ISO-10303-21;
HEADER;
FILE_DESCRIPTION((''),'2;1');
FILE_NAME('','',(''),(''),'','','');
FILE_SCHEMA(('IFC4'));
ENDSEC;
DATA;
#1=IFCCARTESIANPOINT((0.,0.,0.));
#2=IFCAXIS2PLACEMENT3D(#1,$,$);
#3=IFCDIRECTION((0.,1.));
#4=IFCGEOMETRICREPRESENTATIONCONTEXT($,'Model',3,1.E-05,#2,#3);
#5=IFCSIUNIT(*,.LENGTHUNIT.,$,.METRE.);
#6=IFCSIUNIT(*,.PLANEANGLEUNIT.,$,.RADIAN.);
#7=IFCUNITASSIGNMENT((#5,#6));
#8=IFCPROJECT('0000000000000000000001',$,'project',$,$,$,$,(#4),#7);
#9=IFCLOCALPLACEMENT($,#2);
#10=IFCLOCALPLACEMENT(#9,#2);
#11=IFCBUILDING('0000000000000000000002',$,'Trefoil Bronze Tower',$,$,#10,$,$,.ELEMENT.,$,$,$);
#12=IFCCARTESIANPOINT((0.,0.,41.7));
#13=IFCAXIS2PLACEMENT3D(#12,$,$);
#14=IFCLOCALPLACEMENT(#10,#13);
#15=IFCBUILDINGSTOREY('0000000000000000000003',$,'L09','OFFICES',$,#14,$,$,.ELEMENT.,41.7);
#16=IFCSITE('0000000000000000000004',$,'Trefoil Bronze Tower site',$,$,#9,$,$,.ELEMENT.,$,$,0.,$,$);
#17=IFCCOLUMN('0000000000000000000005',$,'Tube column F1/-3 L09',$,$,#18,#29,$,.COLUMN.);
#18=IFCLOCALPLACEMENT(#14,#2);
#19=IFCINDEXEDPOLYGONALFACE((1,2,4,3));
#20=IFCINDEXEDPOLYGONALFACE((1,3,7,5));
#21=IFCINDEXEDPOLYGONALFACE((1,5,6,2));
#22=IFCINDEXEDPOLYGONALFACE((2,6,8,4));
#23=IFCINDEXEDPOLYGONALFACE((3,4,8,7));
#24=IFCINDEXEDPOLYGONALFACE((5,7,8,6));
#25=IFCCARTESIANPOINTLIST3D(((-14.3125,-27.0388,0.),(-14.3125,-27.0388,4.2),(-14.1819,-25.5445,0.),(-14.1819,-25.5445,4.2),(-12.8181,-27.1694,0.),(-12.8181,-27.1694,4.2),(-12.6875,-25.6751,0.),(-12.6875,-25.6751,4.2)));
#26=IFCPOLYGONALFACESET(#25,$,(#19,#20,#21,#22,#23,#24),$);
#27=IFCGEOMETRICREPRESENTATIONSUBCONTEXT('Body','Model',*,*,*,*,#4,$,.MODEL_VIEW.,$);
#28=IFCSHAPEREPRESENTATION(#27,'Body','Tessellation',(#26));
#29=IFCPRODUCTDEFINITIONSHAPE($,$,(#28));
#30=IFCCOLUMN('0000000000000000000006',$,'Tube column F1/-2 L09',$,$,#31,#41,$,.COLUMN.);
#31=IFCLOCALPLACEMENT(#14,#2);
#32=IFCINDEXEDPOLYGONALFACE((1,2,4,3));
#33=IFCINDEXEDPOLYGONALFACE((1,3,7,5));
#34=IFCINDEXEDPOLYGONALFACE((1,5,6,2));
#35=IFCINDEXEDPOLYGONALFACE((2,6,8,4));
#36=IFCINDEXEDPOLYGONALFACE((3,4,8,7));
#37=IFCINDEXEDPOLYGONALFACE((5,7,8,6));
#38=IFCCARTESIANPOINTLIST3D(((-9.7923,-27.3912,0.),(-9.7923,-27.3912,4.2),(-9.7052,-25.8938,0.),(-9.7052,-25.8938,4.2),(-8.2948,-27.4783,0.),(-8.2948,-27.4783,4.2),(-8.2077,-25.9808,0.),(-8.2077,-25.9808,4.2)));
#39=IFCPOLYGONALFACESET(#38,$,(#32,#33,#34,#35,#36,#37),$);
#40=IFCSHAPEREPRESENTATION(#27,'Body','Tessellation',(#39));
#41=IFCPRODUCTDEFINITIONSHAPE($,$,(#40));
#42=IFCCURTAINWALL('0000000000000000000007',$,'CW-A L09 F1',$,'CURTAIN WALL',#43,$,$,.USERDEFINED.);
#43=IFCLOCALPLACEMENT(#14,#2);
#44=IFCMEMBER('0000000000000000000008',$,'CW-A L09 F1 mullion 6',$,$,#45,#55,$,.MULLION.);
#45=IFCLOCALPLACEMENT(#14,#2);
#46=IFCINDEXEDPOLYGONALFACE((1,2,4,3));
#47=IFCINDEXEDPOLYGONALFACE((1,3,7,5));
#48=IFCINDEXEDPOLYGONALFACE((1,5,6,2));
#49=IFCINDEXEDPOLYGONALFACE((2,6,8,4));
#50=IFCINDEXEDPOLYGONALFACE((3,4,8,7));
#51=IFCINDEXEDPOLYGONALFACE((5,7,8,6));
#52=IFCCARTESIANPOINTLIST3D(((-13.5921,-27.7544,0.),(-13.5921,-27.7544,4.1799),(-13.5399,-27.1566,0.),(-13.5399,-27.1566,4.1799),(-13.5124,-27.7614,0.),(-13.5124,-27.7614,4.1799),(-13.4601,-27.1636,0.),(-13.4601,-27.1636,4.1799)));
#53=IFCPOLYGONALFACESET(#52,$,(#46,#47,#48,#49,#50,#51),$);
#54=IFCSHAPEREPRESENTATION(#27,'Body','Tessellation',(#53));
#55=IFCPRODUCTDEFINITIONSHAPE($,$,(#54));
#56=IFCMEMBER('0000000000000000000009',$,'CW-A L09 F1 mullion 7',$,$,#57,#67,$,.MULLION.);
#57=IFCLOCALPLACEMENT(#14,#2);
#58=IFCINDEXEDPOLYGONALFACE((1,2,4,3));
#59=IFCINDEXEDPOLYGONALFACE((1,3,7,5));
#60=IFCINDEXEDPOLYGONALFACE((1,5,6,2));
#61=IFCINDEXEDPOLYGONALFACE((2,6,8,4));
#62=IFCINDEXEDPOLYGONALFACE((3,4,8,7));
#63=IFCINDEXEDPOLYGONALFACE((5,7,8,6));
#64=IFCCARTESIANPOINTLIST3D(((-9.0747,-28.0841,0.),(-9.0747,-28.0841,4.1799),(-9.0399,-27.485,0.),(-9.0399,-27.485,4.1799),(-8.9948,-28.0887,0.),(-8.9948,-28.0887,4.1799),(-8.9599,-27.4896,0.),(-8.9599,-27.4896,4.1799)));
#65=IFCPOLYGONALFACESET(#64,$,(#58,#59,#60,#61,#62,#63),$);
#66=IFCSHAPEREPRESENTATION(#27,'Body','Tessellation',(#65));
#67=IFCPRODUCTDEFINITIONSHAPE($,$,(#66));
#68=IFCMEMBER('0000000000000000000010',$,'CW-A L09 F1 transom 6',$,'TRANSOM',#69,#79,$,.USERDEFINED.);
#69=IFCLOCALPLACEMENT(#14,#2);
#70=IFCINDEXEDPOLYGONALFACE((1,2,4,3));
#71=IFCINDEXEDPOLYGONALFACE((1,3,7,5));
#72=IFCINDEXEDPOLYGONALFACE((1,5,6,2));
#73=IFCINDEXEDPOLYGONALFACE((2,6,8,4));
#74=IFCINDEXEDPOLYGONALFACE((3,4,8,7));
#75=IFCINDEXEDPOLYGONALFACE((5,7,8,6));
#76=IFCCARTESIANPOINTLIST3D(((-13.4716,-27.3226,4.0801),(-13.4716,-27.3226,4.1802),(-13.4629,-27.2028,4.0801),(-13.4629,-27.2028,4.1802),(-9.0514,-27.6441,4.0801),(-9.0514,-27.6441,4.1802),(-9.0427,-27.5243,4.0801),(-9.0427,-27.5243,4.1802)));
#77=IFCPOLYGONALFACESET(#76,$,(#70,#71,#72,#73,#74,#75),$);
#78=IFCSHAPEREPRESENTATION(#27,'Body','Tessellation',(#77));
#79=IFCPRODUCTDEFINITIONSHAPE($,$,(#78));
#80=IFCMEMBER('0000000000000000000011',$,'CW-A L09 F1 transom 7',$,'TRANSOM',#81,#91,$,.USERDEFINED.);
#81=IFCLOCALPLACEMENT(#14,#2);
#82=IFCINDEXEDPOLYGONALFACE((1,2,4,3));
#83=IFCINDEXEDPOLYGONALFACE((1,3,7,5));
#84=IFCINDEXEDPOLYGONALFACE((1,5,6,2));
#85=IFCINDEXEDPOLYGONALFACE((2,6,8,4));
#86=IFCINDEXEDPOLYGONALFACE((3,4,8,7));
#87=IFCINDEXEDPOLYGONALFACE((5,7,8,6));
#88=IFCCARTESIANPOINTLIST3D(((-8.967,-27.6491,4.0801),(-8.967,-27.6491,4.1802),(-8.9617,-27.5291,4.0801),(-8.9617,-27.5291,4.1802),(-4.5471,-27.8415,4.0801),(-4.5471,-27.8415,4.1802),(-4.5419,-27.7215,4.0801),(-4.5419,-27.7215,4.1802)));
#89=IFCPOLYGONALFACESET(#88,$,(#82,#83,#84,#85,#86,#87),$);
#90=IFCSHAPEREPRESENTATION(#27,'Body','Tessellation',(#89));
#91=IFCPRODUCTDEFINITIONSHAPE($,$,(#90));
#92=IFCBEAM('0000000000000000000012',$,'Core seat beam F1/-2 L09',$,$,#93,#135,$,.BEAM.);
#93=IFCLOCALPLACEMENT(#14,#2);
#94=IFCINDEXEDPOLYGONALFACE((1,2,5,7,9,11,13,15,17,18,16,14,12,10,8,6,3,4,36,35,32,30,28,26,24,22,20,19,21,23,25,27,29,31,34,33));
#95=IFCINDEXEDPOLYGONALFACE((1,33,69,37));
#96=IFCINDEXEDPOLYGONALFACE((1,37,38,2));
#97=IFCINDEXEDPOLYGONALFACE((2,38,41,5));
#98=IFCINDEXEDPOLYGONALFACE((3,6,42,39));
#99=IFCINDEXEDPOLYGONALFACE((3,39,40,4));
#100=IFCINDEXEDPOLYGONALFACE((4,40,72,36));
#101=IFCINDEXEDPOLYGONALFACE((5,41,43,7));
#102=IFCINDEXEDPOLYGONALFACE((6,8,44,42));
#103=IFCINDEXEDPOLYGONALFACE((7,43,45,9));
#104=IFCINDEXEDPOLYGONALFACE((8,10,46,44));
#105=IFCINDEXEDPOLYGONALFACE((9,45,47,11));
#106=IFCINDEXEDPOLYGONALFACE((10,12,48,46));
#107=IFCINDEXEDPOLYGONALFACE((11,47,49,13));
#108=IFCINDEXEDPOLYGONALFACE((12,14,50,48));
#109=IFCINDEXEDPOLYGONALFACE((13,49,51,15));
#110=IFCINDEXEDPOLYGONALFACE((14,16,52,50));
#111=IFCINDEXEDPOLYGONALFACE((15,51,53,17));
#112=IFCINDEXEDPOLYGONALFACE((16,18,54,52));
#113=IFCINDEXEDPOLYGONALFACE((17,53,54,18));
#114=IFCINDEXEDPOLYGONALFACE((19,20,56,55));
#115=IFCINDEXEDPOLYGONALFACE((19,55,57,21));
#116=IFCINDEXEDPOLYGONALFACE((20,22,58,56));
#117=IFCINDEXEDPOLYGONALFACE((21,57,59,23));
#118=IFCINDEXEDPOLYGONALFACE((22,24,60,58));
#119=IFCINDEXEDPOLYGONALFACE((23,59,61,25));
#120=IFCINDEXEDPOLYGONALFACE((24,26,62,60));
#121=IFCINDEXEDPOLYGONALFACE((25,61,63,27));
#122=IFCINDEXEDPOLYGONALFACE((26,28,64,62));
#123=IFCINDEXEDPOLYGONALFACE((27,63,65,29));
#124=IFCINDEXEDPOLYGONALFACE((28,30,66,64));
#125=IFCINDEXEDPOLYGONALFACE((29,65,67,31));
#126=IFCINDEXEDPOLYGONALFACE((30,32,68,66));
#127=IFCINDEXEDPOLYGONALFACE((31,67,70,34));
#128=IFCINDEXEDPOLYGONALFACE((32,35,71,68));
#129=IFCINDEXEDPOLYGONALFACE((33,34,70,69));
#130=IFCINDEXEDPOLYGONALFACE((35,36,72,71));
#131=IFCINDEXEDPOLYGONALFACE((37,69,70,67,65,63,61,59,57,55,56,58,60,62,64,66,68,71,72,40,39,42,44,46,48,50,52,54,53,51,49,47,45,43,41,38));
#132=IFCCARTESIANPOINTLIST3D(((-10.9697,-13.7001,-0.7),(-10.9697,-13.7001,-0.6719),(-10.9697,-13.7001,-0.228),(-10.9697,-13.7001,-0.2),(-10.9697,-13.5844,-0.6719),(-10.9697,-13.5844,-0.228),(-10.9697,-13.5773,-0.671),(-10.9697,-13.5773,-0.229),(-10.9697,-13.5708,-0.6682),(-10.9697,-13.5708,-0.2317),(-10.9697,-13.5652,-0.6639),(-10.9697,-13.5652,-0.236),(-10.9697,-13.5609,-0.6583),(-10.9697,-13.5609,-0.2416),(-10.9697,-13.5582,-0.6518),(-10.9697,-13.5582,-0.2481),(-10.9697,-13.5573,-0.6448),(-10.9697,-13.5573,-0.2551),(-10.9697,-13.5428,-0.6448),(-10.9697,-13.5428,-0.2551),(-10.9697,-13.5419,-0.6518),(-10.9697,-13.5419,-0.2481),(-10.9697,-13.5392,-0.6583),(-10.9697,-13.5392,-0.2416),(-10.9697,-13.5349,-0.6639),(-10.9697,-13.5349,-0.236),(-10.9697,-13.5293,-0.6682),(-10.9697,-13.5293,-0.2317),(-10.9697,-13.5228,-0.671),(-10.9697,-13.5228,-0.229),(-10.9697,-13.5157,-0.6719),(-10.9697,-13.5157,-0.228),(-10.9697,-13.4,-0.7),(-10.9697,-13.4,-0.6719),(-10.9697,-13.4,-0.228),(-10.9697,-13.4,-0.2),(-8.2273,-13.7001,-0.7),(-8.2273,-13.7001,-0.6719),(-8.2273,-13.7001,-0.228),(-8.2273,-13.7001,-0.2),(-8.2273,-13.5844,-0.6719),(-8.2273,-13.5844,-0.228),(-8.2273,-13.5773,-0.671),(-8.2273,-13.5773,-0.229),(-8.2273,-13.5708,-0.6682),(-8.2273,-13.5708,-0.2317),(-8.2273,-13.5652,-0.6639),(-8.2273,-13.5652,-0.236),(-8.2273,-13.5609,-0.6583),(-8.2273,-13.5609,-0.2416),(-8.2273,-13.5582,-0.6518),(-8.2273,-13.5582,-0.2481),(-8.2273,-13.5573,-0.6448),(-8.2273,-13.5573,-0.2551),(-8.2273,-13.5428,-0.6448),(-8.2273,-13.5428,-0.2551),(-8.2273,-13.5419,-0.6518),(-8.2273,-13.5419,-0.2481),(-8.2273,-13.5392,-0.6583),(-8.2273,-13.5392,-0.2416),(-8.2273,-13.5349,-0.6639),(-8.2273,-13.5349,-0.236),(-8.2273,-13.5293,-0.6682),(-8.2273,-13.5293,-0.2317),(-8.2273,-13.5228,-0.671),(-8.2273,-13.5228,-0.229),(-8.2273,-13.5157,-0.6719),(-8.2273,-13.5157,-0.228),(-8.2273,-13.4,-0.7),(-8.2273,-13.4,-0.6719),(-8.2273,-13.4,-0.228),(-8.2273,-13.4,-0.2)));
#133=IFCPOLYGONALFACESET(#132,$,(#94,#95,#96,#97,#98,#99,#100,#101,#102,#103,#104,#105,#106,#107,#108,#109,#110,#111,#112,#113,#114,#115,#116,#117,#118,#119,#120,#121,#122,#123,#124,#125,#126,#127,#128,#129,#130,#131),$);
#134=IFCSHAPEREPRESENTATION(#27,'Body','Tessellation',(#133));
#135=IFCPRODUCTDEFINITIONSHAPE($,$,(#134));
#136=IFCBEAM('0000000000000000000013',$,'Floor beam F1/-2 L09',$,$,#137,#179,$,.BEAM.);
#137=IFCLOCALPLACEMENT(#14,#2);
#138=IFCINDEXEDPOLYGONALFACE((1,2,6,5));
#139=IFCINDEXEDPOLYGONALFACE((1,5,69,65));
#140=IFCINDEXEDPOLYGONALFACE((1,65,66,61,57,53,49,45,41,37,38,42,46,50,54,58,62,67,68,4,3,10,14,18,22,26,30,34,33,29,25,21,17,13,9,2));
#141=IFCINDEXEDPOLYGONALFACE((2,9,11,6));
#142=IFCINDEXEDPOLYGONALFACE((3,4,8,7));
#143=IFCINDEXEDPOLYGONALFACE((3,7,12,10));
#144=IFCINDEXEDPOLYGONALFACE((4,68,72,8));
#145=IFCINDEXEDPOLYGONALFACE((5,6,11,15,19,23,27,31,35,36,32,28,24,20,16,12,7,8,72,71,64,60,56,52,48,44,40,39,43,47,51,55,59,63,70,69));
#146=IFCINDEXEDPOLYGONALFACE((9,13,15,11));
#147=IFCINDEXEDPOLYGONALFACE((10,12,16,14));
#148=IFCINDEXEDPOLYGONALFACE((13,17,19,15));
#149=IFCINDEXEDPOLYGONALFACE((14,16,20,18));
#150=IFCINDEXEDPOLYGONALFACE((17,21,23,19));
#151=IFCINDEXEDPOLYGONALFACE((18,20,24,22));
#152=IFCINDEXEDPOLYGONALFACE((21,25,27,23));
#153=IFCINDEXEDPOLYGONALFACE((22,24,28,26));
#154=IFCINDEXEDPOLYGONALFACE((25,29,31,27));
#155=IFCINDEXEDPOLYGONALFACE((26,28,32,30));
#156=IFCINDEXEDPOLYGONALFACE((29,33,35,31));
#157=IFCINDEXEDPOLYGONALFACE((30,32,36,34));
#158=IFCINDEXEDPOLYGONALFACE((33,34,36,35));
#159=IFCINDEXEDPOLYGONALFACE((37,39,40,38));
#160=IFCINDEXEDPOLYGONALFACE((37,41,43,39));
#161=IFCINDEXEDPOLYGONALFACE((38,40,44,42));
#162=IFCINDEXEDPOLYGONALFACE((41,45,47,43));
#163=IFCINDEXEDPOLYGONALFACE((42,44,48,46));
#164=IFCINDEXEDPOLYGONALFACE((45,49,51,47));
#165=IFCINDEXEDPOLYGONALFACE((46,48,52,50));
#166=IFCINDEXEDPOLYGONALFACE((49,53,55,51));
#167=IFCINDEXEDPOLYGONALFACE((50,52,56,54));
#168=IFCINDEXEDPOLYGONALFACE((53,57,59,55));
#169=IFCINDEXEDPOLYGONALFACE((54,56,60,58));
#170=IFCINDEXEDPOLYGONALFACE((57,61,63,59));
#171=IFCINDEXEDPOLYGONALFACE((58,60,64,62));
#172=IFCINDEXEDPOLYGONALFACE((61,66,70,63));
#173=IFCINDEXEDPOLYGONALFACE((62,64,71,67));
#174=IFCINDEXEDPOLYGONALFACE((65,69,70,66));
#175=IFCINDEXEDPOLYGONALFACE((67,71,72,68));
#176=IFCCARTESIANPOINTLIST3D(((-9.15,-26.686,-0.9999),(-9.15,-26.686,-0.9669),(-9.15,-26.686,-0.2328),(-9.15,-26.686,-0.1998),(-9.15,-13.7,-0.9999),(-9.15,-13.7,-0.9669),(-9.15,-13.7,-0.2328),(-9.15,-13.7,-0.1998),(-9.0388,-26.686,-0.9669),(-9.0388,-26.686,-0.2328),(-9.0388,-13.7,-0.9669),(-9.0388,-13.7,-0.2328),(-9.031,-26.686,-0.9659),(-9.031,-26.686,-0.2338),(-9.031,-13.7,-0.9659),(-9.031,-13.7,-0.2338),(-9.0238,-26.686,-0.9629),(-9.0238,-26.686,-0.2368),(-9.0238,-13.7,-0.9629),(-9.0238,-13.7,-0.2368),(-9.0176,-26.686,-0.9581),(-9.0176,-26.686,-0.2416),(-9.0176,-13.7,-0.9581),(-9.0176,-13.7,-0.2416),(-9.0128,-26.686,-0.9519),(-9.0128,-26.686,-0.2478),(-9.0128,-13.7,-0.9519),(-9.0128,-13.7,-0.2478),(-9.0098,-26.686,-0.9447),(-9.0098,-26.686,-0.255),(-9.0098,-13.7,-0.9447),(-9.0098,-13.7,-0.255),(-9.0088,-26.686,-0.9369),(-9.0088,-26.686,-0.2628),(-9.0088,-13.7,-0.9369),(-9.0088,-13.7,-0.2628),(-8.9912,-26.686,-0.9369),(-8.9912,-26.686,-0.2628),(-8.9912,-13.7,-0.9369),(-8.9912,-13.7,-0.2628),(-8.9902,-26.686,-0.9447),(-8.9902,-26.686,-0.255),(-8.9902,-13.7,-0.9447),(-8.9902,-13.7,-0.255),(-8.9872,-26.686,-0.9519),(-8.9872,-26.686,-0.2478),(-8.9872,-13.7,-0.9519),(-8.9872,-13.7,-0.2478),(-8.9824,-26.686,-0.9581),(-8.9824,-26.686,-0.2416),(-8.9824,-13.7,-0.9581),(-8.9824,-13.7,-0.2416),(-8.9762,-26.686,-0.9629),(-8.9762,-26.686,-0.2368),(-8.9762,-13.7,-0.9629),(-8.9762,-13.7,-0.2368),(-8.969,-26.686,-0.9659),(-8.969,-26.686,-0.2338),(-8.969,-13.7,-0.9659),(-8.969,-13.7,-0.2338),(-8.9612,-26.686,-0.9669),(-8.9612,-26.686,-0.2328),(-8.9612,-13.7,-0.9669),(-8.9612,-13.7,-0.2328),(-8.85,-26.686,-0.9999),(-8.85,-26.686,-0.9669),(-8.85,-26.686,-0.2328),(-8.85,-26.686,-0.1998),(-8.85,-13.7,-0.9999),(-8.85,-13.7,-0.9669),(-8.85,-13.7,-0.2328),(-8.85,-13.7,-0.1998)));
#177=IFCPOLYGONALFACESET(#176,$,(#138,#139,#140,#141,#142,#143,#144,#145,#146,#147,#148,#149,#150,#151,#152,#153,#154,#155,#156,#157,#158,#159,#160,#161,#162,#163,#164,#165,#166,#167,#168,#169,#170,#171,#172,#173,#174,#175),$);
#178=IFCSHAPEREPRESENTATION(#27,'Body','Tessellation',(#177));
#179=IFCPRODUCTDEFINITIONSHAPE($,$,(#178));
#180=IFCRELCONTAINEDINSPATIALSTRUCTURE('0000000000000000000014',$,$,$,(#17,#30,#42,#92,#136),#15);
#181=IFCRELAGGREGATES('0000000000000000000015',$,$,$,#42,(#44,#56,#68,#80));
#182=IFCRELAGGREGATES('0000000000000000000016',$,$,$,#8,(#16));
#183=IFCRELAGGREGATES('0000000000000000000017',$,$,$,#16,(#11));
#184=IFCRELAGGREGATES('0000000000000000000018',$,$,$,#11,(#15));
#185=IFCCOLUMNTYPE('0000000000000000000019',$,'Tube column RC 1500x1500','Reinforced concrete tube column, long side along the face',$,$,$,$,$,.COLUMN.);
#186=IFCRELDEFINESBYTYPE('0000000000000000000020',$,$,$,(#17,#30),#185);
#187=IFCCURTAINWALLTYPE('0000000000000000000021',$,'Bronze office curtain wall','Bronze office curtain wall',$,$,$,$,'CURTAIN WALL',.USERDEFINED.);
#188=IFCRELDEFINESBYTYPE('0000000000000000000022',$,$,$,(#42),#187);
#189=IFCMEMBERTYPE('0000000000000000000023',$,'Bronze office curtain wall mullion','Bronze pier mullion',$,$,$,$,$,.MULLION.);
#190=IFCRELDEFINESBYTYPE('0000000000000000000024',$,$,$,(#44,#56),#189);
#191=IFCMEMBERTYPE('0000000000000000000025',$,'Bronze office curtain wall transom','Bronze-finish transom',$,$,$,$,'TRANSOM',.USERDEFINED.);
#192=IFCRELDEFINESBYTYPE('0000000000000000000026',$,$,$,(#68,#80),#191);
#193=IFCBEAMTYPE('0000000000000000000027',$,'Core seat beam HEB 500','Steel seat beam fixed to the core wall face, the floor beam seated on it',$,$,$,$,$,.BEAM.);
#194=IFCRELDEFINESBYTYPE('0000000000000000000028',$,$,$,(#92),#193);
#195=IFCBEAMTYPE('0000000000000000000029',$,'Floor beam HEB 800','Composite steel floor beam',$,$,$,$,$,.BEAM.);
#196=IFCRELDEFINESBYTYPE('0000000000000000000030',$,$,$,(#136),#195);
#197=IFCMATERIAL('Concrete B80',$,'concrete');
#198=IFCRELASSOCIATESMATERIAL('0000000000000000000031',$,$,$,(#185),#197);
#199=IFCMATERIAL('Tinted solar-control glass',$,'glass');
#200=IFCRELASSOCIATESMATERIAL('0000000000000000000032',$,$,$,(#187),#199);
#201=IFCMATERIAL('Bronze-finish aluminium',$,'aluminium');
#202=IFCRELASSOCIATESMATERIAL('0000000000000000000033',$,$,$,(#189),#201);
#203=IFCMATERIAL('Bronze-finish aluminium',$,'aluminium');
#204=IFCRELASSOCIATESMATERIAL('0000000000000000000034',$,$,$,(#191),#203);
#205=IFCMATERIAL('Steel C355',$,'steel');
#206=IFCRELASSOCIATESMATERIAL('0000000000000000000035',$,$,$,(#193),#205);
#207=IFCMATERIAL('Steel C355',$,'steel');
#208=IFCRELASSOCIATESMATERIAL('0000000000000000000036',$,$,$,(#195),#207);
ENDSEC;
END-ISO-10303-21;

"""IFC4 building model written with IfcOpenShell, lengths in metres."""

from ifc_helpers import new_model, si_unit, direction, frame, origin, origin_2d, place, context, subcontext, project, spatial, rectangle, i_section, extrude, material, material_profile, profile_set, type_object, element, aggregate, save


model = new_model("IFC4")

# Units and contexts
model_context = context("Model", 3, precision=1e-05, world=origin(), true_north=direction((0.0, 1.0)))
body_context = subcontext(model_context, "Body", "Model", "MODEL_VIEW")
ifc_project = project(units=[si_unit("LENGTHUNIT", "METRE"), si_unit("PLANEANGLEUNIT", "RADIAN")], contexts=[model_context])

# Site, building, storey
site_placement = place(None, origin())
site = spatial("IfcSite", under=ifc_project, at=site_placement, Name="Trefoil Bronze Tower site", CompositionType="ELEMENT", RefElevation=0.0)
building_placement = place(site_placement, origin())
building = spatial("IfcBuilding", under=site, at=building_placement, Name="Trefoil Bronze Tower", CompositionType="ELEMENT")
storey_placement = place(building_placement, frame((0.0, 0.0, 41.7)))
storey = spatial("IfcBuildingStorey", under=building, at=storey_placement, Name="L09", Description="OFFICES", CompositionType="ELEMENT", Elevation=41.7)

# Columns
ifc_material_1 = material(Name="Concrete B80", Category="concrete")
ifc_material_profile_1 = material_profile(ifc_material_1, rectangle(XDim=1.5, YDim=1.5, at=origin_2d()), Name="RC 1500x1500")
ifc_profile_set_1 = profile_set([ifc_material_profile_1], Name="Concrete B80")
column_type = type_object("IfcColumnType", Name="Tube column RC 1500x1500", Description="Reinforced concrete tube column, long side along the face", PredefinedType="COLUMN", material=ifc_profile_set_1)
for number, where, z_axis, x_axis, name in (
    (1, (-13.5, -26.3569, 0.0), (0.0, 0.0, 1.0), (0.996203, -0.087065, 0.0), "Tube column F1/-3 L09"),
    (2, (-9.0, -26.686, 0.0), (0.0, 0.0, 1.0), (0.998314, -0.058043, 0.0), "Tube column F1/-2 L09"),
):
    element("IfcColumn", number, at=place(storey_placement, frame(where, z_axis=z_axis, x_axis=x_axis)), inside=storey, type_object=column_type, Name=name, PredefinedType="COLUMN", context=body_context, shape_type="SweptSolid", body=[
        extrude(rectangle(XDim=1.5, YDim=1.5, at=origin_2d()), origin(), (0.0, 0.0, 1.0), 4.2),
    ])

# Curtain wall, members
ifc_material_2 = material(Name="Tinted solar-control glass", Category="glass")
curtain_wall_type = type_object("IfcCurtainWallType", Name="Bronze office curtain wall", Description="Bronze office curtain wall", ElementType="CURTAIN WALL", PredefinedType="USERDEFINED", material=ifc_material_2)
curtain_wall_placement = place(storey_placement, origin())
curtain_wall = element("IfcCurtainWall", 3, at=curtain_wall_placement, inside=storey, type_object=curtain_wall_type, Name="CW-A L09 F1", ObjectType="CURTAIN WALL", PredefinedType="USERDEFINED")
ifc_material_3 = material(Name="Bronze-finish aluminium", Category="aluminium")
ifc_material_profile_2 = material_profile(ifc_material_3, rectangle(XDim=0.6001, YDim=0.0801, at=origin_2d()), Name="CW-A mullion")
ifc_profile_set_2 = profile_set([ifc_material_profile_2], Name="Bronze-finish aluminium")
member_type_1 = type_object("IfcMemberType", Name="Bronze office curtain wall mullion", Description="Bronze pier mullion", PredefinedType="MULLION", material=ifc_profile_set_2)
member_1_placement = place(storey_placement, frame((-13.5261, -27.459, 0.0), z_axis=(0.0, 0.0, 1.0), x_axis=(0.087065, 0.996203, 0.0)))
member_1 = element("IfcMember", 4, at=member_1_placement, type_object=member_type_1, Name="CW-A L09 F1 mullion 6", PredefinedType="MULLION", context=body_context, shape_type="SweptSolid", body=[
    extrude(rectangle(XDim=0.6001, YDim=0.0801, at=origin_2d()), origin(), (0.0, 0.0, 1.0), 4.1799),
])
member_2_placement = place(storey_placement, frame((-9.0173, -27.7869, 0.0), z_axis=(0.0, 0.0, 1.0), x_axis=(0.058043, 0.998314, 0.0)))
member_2 = element("IfcMember", 5, at=member_2_placement, type_object=member_type_1, Name="CW-A L09 F1 mullion 7", PredefinedType="MULLION", context=body_context, shape_type="SweptSolid", body=[
    extrude(rectangle(XDim=0.6001, YDim=0.0801, at=origin_2d()), origin(), (0.0, 0.0, 1.0), 4.1799),
])
ifc_material_4 = material(Name="Bronze-finish aluminium", Category="aluminium")
ifc_material_profile_3 = material_profile(ifc_material_4, rectangle(XDim=0.1201, YDim=0.1001, at=origin_2d()), Name="CW-A transom")
ifc_profile_set_3 = profile_set([ifc_material_profile_3], Name="Bronze-finish aluminium")
member_type_2 = type_object("IfcMemberType", Name="Bronze office curtain wall transom", Description="Bronze-finish transom", ElementType="TRANSOM", PredefinedType="USERDEFINED", material=ifc_profile_set_3)
member_3_placement = place(storey_placement, frame((-13.4673, -27.2627, 4.1301), z_axis=(0.997365, -0.072551, 0.0), x_axis=(0.072551, 0.997365, 0.0)))
member_3 = element("IfcMember", 6, at=member_3_placement, type_object=member_type_2, Name="CW-A L09 F1 transom 6", ObjectType="TRANSOM", PredefinedType="USERDEFINED", context=body_context, shape_type="SweptSolid", body=[
    extrude(rectangle(XDim=0.1201, YDim=0.1001, at=origin_2d()), origin(), (0.0, 0.0, 1.0), 4.4319),
])
member_4_placement = place(storey_placement, frame((-8.9644, -27.5891, 4.1301), z_axis=(0.999054, -0.043485, 0.0), x_axis=(0.043485, 0.999054, 0.0)))
member_4 = element("IfcMember", 7, at=member_4_placement, type_object=member_type_2, Name="CW-A L09 F1 transom 7", ObjectType="TRANSOM", PredefinedType="USERDEFINED", context=body_context, shape_type="SweptSolid", body=[
    extrude(rectangle(XDim=0.1201, YDim=0.1001, at=origin_2d()), origin(), (0.0, 0.0, 1.0), 4.4241),
])

# Beams
ifc_material_5 = material(Name="Steel C355", Category="steel")
ifc_material_profile_4 = material_profile(ifc_material_5, i_section(OverallWidth=0.3, OverallDepth=0.5, WebThickness=0.0144, FlangeThickness=0.0281, FilletRadius=0.0271, at=origin_2d()), Name="HEB 500")
ifc_profile_set_4 = profile_set([ifc_material_profile_4], Name="Steel C355")
beam_type_1 = type_object("IfcBeamType", Name="Core seat beam HEB 500", Description="Steel seat beam fixed to the core wall face, the floor beam seated on it", PredefinedType="BEAM", material=ifc_profile_set_4)
beam_1_placement = place(storey_placement, frame((-10.9697, -13.55, -0.45), z_axis=(1.0, 0.0, 0.0), x_axis=(0.0, 1.0, 0.0)))
element("IfcBeam", 8, at=beam_1_placement, inside=storey, type_object=beam_type_1, Name="Core seat beam F1/-2 L09", PredefinedType="BEAM", context=body_context, shape_type="SweptSolid", body=[
    extrude(i_section(OverallWidth=0.3, OverallDepth=0.5, WebThickness=0.0144, FlangeThickness=0.0281, FilletRadius=0.0271, at=origin_2d()), origin(), (0.0, 0.0, 1.0), 2.7424),
])
ifc_material_6 = material(Name="Steel C355", Category="steel")
ifc_material_profile_5 = material_profile(ifc_material_6, i_section(OverallWidth=0.3, OverallDepth=0.8, WebThickness=0.0176, FlangeThickness=0.033, FilletRadius=0.03, at=origin_2d()), Name="HEB 800")
ifc_profile_set_5 = profile_set([ifc_material_profile_5], Name="Steel C355")
beam_type_2 = type_object("IfcBeamType", Name="Floor beam HEB 800", Description="Composite steel floor beam", PredefinedType="BEAM", material=ifc_profile_set_5)
beam_2_placement = place(storey_placement, frame((-9.0, -26.686, -0.5999), z_axis=(0.0, 1.0, 0.0), x_axis=(-1.0, 0.0, 0.0)))
element("IfcBeam", 9, at=beam_2_placement, inside=storey, type_object=beam_type_2, Name="Floor beam F1/-2 L09", PredefinedType="BEAM", context=body_context, shape_type="SweptSolid", body=[
    extrude(i_section(OverallWidth=0.3, OverallDepth=0.8, WebThickness=0.0176, FlangeThickness=0.033, FilletRadius=0.03, at=origin_2d()), origin(), (0.0, 0.0, 1.0), 12.9861),
])

aggregate(curtain_wall, [member_1, member_2, member_3, member_4])

save(model, "model.ifc")
